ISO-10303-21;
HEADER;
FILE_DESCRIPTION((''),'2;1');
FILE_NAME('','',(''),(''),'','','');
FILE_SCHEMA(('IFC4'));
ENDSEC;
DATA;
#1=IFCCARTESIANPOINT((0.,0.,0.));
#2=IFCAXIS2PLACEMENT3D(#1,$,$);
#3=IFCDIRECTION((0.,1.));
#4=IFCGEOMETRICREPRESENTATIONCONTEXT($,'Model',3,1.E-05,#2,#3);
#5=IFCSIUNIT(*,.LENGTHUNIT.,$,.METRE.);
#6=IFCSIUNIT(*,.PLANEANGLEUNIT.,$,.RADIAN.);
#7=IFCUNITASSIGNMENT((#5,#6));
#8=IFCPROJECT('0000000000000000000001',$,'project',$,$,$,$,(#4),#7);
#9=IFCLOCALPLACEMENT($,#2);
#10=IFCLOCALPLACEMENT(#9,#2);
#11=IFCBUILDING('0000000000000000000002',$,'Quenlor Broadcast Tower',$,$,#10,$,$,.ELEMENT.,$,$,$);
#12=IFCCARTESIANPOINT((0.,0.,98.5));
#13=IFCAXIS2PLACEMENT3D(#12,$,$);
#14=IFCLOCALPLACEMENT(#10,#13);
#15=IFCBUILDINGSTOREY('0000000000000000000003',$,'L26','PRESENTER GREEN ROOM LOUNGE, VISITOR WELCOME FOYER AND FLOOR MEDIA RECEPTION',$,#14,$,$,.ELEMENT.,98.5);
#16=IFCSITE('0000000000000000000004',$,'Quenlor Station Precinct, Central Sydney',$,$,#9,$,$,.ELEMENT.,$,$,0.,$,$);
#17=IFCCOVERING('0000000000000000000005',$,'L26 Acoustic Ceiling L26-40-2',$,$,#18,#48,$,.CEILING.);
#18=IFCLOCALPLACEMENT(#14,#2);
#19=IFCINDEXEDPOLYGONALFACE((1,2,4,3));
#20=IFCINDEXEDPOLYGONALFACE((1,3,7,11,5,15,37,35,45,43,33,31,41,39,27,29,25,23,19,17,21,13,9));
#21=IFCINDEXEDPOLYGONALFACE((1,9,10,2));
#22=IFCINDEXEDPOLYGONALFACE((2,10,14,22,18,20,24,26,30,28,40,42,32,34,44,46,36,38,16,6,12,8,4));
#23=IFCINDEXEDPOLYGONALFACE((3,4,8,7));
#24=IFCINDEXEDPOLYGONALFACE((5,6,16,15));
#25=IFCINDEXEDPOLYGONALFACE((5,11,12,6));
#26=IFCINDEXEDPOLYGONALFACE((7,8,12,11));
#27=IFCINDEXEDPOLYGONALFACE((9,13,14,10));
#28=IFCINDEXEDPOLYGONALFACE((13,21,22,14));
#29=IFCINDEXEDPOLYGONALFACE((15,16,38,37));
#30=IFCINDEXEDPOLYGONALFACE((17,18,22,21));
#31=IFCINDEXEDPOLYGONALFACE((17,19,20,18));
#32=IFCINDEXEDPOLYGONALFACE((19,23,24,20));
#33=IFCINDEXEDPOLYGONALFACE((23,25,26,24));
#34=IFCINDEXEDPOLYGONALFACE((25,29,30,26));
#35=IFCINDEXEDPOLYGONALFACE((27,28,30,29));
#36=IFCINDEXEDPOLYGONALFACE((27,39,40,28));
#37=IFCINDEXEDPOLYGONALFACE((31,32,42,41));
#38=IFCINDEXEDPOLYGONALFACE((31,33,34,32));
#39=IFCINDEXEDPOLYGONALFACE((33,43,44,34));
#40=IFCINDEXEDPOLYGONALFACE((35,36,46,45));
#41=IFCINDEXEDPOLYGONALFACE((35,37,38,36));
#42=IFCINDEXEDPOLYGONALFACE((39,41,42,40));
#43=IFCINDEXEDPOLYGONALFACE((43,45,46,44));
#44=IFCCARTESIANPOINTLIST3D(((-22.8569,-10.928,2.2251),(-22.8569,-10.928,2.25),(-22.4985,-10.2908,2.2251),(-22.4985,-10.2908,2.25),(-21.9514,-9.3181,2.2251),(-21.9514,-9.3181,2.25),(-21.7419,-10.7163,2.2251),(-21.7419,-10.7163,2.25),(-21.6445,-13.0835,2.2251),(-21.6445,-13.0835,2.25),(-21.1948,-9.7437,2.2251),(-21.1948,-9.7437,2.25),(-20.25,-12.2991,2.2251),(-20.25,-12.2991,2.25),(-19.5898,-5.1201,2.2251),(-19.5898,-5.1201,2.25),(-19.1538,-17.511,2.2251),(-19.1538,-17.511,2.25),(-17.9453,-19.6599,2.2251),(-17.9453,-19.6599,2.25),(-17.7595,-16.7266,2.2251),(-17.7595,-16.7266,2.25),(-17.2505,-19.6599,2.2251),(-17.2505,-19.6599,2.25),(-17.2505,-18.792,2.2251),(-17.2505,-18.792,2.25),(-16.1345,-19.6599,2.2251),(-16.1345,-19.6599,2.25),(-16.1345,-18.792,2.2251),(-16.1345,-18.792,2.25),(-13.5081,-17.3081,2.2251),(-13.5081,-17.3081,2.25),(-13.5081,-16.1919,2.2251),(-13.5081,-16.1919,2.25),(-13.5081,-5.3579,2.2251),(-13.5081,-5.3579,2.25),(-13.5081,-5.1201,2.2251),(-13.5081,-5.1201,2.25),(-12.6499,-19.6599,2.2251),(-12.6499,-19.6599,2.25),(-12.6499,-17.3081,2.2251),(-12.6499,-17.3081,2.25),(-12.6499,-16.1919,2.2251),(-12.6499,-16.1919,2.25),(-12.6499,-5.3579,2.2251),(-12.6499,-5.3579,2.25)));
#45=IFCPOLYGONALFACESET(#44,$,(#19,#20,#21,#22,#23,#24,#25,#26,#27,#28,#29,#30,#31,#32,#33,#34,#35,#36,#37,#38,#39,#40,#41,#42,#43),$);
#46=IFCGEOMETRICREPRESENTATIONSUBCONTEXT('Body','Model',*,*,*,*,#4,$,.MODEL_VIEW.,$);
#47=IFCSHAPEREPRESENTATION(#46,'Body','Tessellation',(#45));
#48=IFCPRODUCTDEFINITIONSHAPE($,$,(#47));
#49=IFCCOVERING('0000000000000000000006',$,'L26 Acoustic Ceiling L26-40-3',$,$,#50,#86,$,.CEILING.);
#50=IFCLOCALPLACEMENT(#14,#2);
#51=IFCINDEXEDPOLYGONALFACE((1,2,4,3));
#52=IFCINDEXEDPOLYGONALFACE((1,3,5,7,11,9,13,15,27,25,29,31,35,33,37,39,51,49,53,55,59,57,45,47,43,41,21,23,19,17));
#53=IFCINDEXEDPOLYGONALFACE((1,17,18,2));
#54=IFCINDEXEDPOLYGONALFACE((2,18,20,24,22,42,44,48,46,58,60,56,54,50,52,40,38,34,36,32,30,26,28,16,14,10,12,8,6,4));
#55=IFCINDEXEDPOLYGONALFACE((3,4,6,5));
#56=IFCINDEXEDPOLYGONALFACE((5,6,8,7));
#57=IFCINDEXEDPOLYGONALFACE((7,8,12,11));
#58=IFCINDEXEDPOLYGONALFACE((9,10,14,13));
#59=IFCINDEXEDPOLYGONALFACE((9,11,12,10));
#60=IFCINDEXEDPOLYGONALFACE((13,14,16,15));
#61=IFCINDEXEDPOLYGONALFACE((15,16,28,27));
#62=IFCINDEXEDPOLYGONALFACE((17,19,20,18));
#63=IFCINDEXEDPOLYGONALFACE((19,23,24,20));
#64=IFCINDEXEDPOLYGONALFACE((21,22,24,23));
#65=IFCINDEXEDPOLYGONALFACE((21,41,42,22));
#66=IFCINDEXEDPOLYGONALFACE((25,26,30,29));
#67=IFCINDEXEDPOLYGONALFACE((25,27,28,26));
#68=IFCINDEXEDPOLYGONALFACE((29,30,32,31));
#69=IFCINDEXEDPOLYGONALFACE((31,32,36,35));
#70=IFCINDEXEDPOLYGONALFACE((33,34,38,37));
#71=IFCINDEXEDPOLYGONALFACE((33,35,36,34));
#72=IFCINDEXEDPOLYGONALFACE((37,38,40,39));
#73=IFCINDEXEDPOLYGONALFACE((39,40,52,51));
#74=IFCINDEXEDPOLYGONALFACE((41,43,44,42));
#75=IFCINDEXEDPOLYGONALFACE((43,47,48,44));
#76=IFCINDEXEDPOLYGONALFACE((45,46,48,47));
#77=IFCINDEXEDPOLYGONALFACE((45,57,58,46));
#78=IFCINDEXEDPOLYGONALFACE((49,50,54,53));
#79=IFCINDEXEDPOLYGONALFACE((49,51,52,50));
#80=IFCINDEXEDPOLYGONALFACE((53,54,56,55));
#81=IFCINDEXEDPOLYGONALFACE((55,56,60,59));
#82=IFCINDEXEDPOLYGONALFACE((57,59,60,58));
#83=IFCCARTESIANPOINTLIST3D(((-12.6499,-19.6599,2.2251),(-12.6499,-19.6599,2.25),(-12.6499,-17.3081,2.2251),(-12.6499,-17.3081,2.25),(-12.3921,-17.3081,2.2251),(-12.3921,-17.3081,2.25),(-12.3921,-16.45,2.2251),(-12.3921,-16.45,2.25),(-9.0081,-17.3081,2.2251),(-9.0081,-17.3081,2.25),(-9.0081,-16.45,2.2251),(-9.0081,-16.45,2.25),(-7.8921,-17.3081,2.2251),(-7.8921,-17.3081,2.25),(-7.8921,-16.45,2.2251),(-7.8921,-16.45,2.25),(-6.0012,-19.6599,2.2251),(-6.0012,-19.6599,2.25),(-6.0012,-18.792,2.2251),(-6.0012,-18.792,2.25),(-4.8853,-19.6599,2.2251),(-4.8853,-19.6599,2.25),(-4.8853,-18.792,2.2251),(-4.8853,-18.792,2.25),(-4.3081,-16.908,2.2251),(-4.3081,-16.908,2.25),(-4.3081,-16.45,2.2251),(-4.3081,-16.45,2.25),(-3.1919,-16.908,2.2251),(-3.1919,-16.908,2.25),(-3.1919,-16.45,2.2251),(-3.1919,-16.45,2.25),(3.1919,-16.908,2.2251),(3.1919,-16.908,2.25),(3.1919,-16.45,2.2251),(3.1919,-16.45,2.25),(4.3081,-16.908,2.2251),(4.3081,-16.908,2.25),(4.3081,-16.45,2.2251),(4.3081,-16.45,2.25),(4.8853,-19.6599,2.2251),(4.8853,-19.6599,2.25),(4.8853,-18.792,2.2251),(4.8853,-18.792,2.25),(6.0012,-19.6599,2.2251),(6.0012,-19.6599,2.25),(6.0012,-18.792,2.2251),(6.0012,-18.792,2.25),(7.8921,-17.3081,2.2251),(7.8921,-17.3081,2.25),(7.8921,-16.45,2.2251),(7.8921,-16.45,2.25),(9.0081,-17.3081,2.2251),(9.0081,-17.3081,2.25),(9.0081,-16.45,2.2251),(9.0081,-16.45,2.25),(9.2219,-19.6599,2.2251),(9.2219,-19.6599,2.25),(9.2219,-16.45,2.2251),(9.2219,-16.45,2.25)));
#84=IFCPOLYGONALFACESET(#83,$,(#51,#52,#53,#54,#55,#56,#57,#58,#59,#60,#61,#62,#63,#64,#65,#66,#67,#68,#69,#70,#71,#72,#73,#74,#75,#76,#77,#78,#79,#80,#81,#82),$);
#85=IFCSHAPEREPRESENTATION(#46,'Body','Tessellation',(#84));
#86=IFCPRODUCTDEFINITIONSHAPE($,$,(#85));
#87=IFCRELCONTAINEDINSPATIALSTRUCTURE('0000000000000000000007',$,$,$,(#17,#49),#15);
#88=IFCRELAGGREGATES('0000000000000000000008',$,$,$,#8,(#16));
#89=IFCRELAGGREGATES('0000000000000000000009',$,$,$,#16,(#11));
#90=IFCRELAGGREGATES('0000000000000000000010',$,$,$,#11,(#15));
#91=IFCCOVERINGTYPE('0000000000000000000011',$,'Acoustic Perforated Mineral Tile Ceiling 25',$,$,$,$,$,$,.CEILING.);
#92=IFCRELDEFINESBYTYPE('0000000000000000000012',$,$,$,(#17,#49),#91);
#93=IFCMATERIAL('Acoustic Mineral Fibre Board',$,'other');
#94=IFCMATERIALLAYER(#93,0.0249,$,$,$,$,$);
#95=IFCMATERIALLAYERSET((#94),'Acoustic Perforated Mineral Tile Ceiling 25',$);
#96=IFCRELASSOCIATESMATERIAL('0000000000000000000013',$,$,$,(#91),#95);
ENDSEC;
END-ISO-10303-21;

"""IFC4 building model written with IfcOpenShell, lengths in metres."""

from ifc_helpers import new_model, si_unit, direction, frame, origin, place, context, subcontext, project, spatial, polyline, outline, extrude, material, layer, layer_set, type_object, element, save


model = new_model("IFC4")

# Units and contexts
model_context = context("Model", 3, precision=1e-05, world=origin(), true_north=direction((0.0, 1.0)))
body_context = subcontext(model_context, "Body", "Model", "MODEL_VIEW")
ifc_project = project(units=[si_unit("LENGTHUNIT", "METRE"), si_unit("PLANEANGLEUNIT", "RADIAN")], contexts=[model_context])

# Site, building, storey
site_placement = place(None, origin())
site = spatial("IfcSite", under=ifc_project, at=site_placement, Name="Quenlor Station Precinct, Central Sydney", CompositionType="ELEMENT", RefElevation=0.0)
building_placement = place(site_placement, origin())
building = spatial("IfcBuilding", under=site, at=building_placement, Name="Quenlor Broadcast Tower", CompositionType="ELEMENT")
storey_placement = place(building_placement, frame((0.0, 0.0, 98.5)))
storey = spatial("IfcBuildingStorey", under=building, at=storey_placement, Name="L26", Description="PRESENTER GREEN ROOM LOUNGE, VISITOR WELCOME FOYER AND FLOOR MEDIA RECEPTION", CompositionType="ELEMENT", Elevation=98.5)

# Coverings
ifc_material_1 = material(Name="Acoustic Mineral Fibre Board", Category="other")
ifc_layer_1 = layer(ifc_material_1, 0.0249)
ifc_layer_set_1 = layer_set([ifc_layer_1], Name="Acoustic Perforated Mineral Tile Ceiling 25")
covering_type = type_object("IfcCoveringType", Name="Acoustic Perforated Mineral Tile Ceiling 25", PredefinedType="CEILING", material=ifc_layer_set_1)
covering_1_placement = place(storey_placement, frame((0.0, 0.0, 2.2251)))
element("IfcCovering", 1, at=covering_1_placement, inside=storey, type_object=covering_type, Name="L26 Acoustic Ceiling L26-40-2", PredefinedType="CEILING", context=body_context, shape_type="SweptSolid", body=[
    extrude(outline(polyline([(-22.8569, -10.928), (-22.4985, -10.2908), (-21.7419, -10.7163), (-21.1948, -9.7437), (-21.9514, -9.3181), (-19.5898, -5.1201), (-13.5081, -5.1201), (-13.5081, -5.3579), (-12.6499, -5.3579), (-12.6499, -16.1919), (-13.5081, -16.1919), (-13.5081, -17.3081), (-12.6499, -17.3081), (-12.6499, -19.6599), (-16.1345, -19.6599), (-16.1345, -18.792), (-17.2505, -18.792), (-17.2505, -19.6599), (-17.9453, -19.6599), (-19.1538, -17.511), (-17.7595, -16.7266), (-20.25, -12.2991), (-21.6445, -13.0835), (-22.8569, -10.928)])), origin(), (0.0, 0.0, 1.0), 0.0249),
])
covering_2_placement = place(storey_placement, frame((0.0, 0.0, 2.2251)))
element("IfcCovering", 2, at=covering_2_placement, inside=storey, type_object=covering_type, Name="L26 Acoustic Ceiling L26-40-3", PredefinedType="CEILING", context=body_context, shape_type="SweptSolid", body=[
    extrude(outline(polyline([(-12.3921, -17.3081), (-12.3921, -16.45), (-9.0081, -16.45), (-9.0081, -17.3081), (-7.8921, -17.3081), (-7.8921, -16.45), (-4.3081, -16.45), (-4.3081, -16.908), (-3.1919, -16.908), (-3.1919, -16.45), (3.1919, -16.45), (3.1919, -16.908), (4.3081, -16.908), (4.3081, -16.45), (7.8921, -16.45), (7.8921, -17.3081), (9.0081, -17.3081), (9.0081, -16.45), (9.2219, -16.45), (9.2219, -19.6599), (6.0012, -19.6599), (6.0012, -18.792), (4.8853, -18.792), (4.8853, -19.6599), (-4.8853, -19.6599), (-4.8853, -18.792), (-6.0012, -18.792), (-6.0012, -19.6599), (-12.6499, -19.6599), (-12.6499, -17.3081), (-12.3921, -17.3081)])), origin(), (0.0, 0.0, 1.0), 0.0249),
])

save(model, "model.ifc")
